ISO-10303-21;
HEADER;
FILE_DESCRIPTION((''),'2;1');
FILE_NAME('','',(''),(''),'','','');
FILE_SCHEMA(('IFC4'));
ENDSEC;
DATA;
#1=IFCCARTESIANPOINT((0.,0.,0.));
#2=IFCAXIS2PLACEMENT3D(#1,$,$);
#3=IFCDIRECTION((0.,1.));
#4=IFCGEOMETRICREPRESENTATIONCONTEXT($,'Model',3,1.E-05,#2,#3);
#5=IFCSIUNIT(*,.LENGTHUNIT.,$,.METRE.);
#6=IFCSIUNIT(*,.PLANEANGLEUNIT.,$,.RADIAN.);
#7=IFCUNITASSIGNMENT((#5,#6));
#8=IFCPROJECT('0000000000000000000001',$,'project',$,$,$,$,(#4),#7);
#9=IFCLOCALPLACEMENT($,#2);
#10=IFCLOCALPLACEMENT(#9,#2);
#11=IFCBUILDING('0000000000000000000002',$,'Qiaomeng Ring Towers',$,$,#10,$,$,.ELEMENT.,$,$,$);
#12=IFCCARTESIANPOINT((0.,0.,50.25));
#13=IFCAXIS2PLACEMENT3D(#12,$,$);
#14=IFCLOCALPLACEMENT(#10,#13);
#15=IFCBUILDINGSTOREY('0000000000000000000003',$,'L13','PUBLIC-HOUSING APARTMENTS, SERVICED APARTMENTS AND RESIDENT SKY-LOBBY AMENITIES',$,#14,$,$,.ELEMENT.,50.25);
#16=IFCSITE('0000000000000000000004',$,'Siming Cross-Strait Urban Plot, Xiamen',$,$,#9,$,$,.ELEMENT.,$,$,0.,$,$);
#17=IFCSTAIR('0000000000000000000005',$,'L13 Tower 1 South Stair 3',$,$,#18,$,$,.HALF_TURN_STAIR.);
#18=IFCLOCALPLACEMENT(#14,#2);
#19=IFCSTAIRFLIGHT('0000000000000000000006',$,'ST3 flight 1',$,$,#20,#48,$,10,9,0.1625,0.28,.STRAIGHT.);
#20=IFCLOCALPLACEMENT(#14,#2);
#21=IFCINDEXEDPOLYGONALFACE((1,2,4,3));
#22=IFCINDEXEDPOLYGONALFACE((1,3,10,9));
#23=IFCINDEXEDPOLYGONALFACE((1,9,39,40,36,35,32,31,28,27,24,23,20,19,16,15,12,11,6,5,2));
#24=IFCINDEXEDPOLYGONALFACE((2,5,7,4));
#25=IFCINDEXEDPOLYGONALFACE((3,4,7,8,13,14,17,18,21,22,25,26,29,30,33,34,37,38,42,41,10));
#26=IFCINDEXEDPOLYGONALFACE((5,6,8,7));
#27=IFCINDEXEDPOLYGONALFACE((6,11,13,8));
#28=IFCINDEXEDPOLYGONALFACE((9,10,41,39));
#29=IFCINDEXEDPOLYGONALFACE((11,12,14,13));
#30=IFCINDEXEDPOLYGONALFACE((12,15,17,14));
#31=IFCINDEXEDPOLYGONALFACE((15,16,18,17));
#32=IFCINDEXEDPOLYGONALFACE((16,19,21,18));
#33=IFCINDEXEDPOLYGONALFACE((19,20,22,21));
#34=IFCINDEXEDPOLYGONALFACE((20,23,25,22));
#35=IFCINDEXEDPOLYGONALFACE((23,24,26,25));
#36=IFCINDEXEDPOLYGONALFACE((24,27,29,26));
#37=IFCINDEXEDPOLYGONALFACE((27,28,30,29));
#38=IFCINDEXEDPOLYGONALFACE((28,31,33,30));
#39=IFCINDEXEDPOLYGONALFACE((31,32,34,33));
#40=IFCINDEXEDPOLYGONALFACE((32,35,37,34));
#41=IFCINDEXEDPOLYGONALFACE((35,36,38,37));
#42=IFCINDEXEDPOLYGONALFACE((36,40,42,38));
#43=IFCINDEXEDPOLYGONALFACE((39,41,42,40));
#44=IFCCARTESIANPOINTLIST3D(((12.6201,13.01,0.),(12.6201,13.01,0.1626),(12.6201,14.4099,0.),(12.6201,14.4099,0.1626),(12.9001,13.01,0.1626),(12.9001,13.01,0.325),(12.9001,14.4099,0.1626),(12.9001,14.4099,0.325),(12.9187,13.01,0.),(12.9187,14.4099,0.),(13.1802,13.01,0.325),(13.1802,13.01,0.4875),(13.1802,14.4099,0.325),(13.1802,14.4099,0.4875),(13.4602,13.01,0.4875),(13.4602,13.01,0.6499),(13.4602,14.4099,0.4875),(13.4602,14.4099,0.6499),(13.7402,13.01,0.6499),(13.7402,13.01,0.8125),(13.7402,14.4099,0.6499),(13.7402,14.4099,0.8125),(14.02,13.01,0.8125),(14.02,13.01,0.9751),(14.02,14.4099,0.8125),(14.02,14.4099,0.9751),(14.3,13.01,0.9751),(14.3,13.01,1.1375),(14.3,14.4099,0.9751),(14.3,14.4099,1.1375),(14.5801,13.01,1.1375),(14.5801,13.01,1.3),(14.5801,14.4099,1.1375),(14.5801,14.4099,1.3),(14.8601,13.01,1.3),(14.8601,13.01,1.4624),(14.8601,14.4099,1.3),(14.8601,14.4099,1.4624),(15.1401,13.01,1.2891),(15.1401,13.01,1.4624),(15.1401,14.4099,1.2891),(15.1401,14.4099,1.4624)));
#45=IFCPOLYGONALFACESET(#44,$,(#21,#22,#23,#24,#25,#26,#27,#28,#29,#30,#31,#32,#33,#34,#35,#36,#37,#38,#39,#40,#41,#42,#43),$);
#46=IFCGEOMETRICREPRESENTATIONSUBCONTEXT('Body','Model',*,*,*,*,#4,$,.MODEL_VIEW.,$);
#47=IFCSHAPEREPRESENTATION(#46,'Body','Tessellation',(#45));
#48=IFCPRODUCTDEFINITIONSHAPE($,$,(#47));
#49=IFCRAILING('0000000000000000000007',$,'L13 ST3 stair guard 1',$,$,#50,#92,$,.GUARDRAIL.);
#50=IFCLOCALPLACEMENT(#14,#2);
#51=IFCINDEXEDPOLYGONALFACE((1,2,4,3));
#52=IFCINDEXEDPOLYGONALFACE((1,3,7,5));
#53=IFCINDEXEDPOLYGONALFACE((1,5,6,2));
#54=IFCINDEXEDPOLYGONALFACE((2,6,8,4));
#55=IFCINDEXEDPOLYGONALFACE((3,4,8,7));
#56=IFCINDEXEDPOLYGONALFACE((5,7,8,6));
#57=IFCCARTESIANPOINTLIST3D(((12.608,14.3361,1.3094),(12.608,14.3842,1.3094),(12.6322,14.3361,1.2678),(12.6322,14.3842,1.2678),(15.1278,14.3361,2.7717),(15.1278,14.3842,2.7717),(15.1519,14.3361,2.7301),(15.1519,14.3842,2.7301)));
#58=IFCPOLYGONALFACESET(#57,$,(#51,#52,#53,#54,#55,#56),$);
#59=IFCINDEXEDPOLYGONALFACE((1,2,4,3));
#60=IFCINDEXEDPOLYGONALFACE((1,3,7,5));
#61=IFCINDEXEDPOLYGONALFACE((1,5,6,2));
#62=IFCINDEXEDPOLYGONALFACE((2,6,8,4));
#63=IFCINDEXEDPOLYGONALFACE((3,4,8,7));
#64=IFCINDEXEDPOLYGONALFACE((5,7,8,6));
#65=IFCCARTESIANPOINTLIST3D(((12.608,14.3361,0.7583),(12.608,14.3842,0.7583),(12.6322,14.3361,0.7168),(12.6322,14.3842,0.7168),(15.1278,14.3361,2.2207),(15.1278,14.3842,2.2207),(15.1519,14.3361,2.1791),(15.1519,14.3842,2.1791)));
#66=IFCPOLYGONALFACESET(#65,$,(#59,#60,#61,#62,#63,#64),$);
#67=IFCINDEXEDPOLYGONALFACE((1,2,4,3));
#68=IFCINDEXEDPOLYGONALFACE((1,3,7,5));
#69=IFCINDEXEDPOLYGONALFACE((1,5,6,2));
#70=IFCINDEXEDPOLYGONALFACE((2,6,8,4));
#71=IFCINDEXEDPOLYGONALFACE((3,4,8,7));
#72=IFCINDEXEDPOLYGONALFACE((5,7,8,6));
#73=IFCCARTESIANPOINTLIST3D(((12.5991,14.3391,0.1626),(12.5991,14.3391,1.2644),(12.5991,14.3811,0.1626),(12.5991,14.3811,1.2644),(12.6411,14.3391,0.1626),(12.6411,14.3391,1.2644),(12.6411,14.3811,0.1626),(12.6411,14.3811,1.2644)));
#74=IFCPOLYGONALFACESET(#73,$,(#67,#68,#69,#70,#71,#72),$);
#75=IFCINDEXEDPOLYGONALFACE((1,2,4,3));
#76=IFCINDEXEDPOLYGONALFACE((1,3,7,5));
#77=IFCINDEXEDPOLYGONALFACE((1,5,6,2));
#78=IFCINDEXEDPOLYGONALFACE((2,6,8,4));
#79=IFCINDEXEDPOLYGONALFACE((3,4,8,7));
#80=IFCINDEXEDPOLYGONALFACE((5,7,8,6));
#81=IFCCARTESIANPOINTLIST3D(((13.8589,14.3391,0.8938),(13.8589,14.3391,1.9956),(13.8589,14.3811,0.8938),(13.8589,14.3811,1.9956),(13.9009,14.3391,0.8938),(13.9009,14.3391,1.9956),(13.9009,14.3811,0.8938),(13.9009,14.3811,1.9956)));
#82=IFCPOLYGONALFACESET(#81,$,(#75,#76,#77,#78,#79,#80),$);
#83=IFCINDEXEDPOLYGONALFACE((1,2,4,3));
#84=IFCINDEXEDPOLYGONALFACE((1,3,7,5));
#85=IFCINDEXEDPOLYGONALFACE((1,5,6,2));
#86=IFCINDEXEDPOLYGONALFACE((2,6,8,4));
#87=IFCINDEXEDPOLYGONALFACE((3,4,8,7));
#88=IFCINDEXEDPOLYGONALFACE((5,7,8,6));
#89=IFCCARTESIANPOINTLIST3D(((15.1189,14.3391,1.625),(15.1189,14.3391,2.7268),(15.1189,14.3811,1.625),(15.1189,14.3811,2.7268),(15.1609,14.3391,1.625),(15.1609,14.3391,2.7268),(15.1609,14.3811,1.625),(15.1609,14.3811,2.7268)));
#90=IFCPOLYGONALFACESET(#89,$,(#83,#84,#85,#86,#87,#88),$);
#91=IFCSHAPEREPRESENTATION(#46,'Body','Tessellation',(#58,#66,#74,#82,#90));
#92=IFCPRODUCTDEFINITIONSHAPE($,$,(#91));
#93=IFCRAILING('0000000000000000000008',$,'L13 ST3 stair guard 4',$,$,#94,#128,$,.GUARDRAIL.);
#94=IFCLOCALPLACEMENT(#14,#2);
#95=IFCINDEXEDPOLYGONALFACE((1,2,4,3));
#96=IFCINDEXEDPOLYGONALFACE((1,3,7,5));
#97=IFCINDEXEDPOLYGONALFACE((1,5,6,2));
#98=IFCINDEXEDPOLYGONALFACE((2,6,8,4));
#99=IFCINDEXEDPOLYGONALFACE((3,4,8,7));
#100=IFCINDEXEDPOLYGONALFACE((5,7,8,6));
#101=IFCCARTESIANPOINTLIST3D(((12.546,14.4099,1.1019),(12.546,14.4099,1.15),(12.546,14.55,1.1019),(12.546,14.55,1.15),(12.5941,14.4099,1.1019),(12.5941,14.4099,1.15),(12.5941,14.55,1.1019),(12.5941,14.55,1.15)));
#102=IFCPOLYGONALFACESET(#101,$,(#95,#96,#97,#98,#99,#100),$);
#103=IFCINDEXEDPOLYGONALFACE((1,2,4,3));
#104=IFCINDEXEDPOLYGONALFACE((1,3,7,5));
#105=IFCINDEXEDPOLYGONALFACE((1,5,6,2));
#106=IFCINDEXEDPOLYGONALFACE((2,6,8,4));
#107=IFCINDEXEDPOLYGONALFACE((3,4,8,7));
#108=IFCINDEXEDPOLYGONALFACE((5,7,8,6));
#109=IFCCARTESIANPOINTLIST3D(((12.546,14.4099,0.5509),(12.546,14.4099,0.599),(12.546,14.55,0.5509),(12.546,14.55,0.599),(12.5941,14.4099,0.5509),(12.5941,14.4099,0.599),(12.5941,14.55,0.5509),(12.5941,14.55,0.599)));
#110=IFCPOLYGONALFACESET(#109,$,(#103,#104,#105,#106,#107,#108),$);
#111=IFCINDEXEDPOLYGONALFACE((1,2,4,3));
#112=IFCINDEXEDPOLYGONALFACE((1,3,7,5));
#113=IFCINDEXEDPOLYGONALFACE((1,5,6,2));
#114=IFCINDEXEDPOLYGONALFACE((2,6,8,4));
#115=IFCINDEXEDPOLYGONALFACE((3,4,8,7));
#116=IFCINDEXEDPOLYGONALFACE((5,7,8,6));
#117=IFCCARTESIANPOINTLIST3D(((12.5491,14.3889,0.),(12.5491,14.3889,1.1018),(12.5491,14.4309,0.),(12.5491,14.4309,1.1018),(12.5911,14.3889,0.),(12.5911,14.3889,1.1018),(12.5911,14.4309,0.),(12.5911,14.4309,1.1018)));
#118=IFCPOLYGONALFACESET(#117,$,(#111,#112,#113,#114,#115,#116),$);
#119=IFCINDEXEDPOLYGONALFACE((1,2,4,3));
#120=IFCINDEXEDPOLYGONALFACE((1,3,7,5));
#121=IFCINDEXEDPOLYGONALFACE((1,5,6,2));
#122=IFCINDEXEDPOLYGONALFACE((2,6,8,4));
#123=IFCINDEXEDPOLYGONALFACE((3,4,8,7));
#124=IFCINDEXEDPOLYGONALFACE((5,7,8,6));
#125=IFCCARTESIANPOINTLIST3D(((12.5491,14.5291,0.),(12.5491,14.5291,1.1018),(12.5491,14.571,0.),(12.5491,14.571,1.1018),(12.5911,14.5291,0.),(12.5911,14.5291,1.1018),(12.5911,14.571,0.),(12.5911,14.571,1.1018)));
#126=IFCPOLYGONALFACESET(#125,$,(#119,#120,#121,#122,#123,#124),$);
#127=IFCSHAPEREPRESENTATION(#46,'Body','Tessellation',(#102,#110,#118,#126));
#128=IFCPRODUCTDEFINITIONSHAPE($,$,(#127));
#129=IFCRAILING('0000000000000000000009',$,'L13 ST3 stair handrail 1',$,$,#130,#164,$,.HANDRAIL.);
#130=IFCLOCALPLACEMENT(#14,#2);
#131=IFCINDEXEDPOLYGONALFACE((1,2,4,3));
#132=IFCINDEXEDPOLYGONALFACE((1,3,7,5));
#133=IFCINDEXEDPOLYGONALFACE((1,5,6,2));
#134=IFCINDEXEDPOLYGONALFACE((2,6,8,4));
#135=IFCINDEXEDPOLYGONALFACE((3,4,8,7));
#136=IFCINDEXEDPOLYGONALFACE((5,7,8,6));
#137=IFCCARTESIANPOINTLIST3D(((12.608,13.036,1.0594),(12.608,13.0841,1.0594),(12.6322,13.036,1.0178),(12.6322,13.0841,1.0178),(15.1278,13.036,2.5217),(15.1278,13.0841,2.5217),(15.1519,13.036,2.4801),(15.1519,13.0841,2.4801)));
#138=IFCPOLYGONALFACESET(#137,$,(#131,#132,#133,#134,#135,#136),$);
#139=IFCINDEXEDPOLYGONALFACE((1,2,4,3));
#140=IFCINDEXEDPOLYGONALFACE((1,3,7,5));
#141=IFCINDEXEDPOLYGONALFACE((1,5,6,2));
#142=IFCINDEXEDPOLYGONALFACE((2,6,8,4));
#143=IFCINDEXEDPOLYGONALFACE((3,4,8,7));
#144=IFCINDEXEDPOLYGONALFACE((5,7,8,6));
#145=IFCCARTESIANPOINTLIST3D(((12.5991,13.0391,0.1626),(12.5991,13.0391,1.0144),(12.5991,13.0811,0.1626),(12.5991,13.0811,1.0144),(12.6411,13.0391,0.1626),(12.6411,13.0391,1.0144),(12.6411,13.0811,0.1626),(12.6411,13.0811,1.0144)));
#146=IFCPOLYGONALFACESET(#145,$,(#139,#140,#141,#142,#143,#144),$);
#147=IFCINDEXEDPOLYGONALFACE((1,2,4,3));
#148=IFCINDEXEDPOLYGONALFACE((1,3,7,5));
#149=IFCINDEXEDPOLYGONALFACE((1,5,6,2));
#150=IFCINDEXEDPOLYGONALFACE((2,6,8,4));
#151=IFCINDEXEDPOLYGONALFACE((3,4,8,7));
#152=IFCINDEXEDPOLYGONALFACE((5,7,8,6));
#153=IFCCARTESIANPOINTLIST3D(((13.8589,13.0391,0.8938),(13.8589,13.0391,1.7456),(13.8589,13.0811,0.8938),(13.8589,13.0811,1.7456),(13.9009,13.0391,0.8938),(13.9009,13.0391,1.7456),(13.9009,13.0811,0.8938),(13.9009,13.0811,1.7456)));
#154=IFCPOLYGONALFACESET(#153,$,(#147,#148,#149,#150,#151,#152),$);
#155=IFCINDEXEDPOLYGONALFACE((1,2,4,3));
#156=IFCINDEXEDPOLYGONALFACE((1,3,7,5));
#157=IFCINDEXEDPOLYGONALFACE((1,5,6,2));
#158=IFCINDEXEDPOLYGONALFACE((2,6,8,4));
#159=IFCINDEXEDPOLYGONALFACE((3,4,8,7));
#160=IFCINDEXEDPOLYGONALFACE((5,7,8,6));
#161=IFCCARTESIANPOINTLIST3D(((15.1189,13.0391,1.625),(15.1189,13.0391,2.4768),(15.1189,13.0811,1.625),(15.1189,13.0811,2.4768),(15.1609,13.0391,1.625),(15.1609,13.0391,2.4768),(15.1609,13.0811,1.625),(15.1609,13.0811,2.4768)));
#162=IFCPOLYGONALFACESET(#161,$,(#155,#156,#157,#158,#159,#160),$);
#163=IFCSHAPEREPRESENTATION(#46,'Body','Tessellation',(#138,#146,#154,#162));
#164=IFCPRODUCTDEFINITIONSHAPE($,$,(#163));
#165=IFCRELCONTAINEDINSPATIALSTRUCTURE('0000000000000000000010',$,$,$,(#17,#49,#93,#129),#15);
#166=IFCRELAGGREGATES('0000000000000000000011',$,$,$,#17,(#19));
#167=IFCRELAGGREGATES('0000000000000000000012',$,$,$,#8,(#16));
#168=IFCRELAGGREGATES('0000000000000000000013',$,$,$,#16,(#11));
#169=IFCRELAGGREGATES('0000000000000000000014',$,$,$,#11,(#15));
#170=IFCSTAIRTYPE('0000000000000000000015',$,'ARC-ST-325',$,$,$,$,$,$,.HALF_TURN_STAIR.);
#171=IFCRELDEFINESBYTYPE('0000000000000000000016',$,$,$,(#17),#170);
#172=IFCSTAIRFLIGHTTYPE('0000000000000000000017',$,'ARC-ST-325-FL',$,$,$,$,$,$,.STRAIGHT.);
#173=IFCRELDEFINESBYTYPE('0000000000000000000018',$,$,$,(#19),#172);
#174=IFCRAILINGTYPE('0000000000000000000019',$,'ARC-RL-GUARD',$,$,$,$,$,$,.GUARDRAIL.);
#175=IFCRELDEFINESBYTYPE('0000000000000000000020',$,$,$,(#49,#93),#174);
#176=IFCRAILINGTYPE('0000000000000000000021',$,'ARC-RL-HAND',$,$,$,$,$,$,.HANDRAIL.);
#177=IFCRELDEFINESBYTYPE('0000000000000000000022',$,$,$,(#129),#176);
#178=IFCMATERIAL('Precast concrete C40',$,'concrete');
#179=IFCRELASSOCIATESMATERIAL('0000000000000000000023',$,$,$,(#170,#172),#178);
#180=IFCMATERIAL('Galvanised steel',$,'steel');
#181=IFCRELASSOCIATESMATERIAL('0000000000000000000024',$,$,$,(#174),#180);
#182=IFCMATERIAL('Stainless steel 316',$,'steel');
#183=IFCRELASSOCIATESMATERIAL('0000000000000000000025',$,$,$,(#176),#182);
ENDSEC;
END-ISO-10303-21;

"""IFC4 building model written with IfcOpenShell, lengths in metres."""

from ifc_helpers import new_model, si_unit, direction, frame, origin, origin_2d, place, context, subcontext, project, spatial, polyline, rectangle, outline, extrude, source, transform, mapped, material, type_object, element, aggregate, save


model = new_model("IFC4")

# Units and contexts
model_context = context("Model", 3, precision=1e-05, world=origin(), true_north=direction((0.0, 1.0)))
body_context = subcontext(model_context, "Body", "Model", "MODEL_VIEW")
ifc_project = project(units=[si_unit("LENGTHUNIT", "METRE"), si_unit("PLANEANGLEUNIT", "RADIAN")], contexts=[model_context])

# Site, building, storey
site_placement = place(None, origin())
site = spatial("IfcSite", under=ifc_project, at=site_placement, Name="Siming Cross-Strait Urban Plot, Xiamen", CompositionType="ELEMENT", RefElevation=0.0)
building_placement = place(site_placement, origin())
building = spatial("IfcBuilding", under=site, at=building_placement, Name="Qiaomeng Ring Towers", CompositionType="ELEMENT")
storey_placement = place(building_placement, frame((0.0, 0.0, 50.25)))
storey = spatial("IfcBuildingStorey", under=building, at=storey_placement, Name="L13", Description="PUBLIC-HOUSING APARTMENTS, SERVICED APARTMENTS AND RESIDENT SKY-LOBBY AMENITIES", CompositionType="ELEMENT", Elevation=50.25)

# Shared definitions
ifc_material_1 = material(Name="Galvanised steel", Category="steel")

# Shared definitions
ifc_material_2 = material(Name="Stainless steel 316", Category="steel")

# Stair, stair flight
ifc_material_3 = material(Name="Precast concrete C40", Category="concrete")
stair_type = type_object("IfcStairType", Name="ARC-ST-325", PredefinedType="HALF_TURN_STAIR", material=ifc_material_3)
stair_placement = place(storey_placement, origin())
stair = element("IfcStair", 1, at=stair_placement, inside=storey, type_object=stair_type, Name="L13 Tower 1 South Stair 3", PredefinedType="HALF_TURN_STAIR")
stair_flight_type = type_object("IfcStairFlightType", Name="ARC-ST-325-FL", PredefinedType="STRAIGHT", material=ifc_material_3)
shared_shape_1 = source(origin(), body_context, "Body", "SweptSolid", [
    extrude(outline(polyline([(0.0, 0.0), (0.0, 0.1626), (0.28, 0.1626), (0.28, 0.325), (0.5601, 0.325), (0.5601, 0.4875), (0.8401, 0.4875), (0.8401, 0.6499), (1.1201, 0.6499), (1.1201, 0.8125), (1.3999, 0.8125), (1.3999, 0.9751), (1.6799, 0.9751), (1.6799, 1.1375), (1.96, 1.1375), (1.96, 1.3), (2.24, 1.3), (2.24, 1.4624), (2.52, 1.4624), (2.52, 1.625), (2.52, 1.2891), (0.2986, 0.0), (0.0, 0.0)])), frame((0.0, 0.7, 0.0), z_axis=(0.0, -1.0, 0.0), x_axis=(1.0, 0.0, 0.0)), (0.0, 0.0, 1.0), 1.3999),
])
stair_flight_placement = place(storey_placement, frame((12.6201, 13.71, 0.0), z_axis=(0.0, 0.0, 1.0), x_axis=(1.0, 0.0, 0.0)))
stair_flight = element("IfcStairFlight", 2, at=stair_flight_placement, type_object=stair_flight_type, Name="ST3 flight 1", NumberOfRisers=10, NumberOfTreads=9, PredefinedType="STRAIGHT", RiserHeight=0.1625, TreadLength=0.28, context=body_context, shape_type="MappedRepresentation", body=[
    mapped(shared_shape_1, transform((0.0, 0.0, 0.0), x_axis=(1.0, 0.0, 0.0), y_axis=(0.0, 1.0, 0.0), z_axis=(0.0, 0.0, 1.0), scale=1.0)),
])
aggregate(stair, [stair_flight])

# Railings
railing_type_1 = type_object("IfcRailingType", Name="ARC-RL-GUARD", PredefinedType="GUARDRAIL", material=ifc_material_1)
railing_1_placement = place(storey_placement, frame((12.6201, 14.3601, 0.1626)))
element("IfcRailing", 3, at=railing_1_placement, inside=storey, type_object=railing_type_1, Name="L13 ST3 stair guard 1", PredefinedType="GUARDRAIL", context=body_context, shape_type="SweptSolid", body=[
    extrude(rectangle(XDim=0.0481, YDim=0.0481, at=origin_2d()), frame((0.0, 0.0, 1.126), z_axis=(0.864892, 0.0, 0.501958), x_axis=(0.0, 1.0, 0.0)), (0.0, 0.0, 1.0), 2.9133),
    extrude(rectangle(XDim=0.0481, YDim=0.0481, at=origin_2d()), frame((0.0, 0.0, 0.575), z_axis=(0.864892, 0.0, 0.501958), x_axis=(0.0, 1.0, 0.0)), (0.0, 0.0, 1.0), 2.9133),
    extrude(rectangle(XDim=0.042, YDim=0.042, at=origin_2d()), origin(), (0.0, 0.0, 1.0), 1.1018),
    extrude(rectangle(XDim=0.042, YDim=0.042, at=origin_2d()), frame((1.2598, 0.0, 0.7312)), (0.0, 0.0, 1.0), 1.1018),
    extrude(rectangle(XDim=0.042, YDim=0.042, at=origin_2d()), frame((2.5198, 0.0, 1.4624)), (0.0, 0.0, 1.0), 1.1018),
])
railing_2_placement = place(storey_placement, frame((12.5701, 14.4099, 0.0)))
element("IfcRailing", 4, at=railing_2_placement, inside=storey, type_object=railing_type_1, Name="L13 ST3 stair guard 4", PredefinedType="GUARDRAIL", context=body_context, shape_type="SweptSolid", body=[
    extrude(rectangle(XDim=0.0481, YDim=0.0481, at=origin_2d()), frame((0.0, 0.0, 1.126), z_axis=(0.0, 1.0, 0.0), x_axis=(-1.0, 0.0, 0.0)), (0.0, 0.0, 1.0), 0.1401),
    extrude(rectangle(XDim=0.0481, YDim=0.0481, at=origin_2d()), frame((0.0, 0.0, 0.575), z_axis=(0.0, 1.0, 0.0), x_axis=(-1.0, 0.0, 0.0)), (0.0, 0.0, 1.0), 0.1401),
    extrude(rectangle(XDim=0.042, YDim=0.042, at=origin_2d()), origin(), (0.0, 0.0, 1.0), 1.1018),
    extrude(rectangle(XDim=0.042, YDim=0.042, at=origin_2d()), frame((0.0, 0.1401, 0.0)), (0.0, 0.0, 1.0), 1.1018),
])
railing_type_2 = type_object("IfcRailingType", Name="ARC-RL-HAND", PredefinedType="HANDRAIL", material=ifc_material_2)
railing_3_placement = place(storey_placement, frame((12.6201, 13.0601, 0.1626)))
element("IfcRailing", 5, at=railing_3_placement, inside=storey, type_object=railing_type_2, Name="L13 ST3 stair handrail 1", PredefinedType="HANDRAIL", context=body_context, shape_type="SweptSolid", body=[
    extrude(rectangle(XDim=0.0481, YDim=0.0481, at=origin_2d()), frame((0.0, 0.0, 0.876), z_axis=(0.864892, 0.0, 0.501958), x_axis=(0.0, 1.0, 0.0)), (0.0, 0.0, 1.0), 2.9133),
    extrude(rectangle(XDim=0.042, YDim=0.042, at=origin_2d()), origin(), (0.0, 0.0, 1.0), 0.8518),
    extrude(rectangle(XDim=0.042, YDim=0.042, at=origin_2d()), frame((1.2598, 0.0, 0.7312)), (0.0, 0.0, 1.0), 0.8518),
    extrude(rectangle(XDim=0.042, YDim=0.042, at=origin_2d()), frame((2.5198, 0.0, 1.4624)), (0.0, 0.0, 1.0), 0.8518),
])

save(model, "model.ifc")
